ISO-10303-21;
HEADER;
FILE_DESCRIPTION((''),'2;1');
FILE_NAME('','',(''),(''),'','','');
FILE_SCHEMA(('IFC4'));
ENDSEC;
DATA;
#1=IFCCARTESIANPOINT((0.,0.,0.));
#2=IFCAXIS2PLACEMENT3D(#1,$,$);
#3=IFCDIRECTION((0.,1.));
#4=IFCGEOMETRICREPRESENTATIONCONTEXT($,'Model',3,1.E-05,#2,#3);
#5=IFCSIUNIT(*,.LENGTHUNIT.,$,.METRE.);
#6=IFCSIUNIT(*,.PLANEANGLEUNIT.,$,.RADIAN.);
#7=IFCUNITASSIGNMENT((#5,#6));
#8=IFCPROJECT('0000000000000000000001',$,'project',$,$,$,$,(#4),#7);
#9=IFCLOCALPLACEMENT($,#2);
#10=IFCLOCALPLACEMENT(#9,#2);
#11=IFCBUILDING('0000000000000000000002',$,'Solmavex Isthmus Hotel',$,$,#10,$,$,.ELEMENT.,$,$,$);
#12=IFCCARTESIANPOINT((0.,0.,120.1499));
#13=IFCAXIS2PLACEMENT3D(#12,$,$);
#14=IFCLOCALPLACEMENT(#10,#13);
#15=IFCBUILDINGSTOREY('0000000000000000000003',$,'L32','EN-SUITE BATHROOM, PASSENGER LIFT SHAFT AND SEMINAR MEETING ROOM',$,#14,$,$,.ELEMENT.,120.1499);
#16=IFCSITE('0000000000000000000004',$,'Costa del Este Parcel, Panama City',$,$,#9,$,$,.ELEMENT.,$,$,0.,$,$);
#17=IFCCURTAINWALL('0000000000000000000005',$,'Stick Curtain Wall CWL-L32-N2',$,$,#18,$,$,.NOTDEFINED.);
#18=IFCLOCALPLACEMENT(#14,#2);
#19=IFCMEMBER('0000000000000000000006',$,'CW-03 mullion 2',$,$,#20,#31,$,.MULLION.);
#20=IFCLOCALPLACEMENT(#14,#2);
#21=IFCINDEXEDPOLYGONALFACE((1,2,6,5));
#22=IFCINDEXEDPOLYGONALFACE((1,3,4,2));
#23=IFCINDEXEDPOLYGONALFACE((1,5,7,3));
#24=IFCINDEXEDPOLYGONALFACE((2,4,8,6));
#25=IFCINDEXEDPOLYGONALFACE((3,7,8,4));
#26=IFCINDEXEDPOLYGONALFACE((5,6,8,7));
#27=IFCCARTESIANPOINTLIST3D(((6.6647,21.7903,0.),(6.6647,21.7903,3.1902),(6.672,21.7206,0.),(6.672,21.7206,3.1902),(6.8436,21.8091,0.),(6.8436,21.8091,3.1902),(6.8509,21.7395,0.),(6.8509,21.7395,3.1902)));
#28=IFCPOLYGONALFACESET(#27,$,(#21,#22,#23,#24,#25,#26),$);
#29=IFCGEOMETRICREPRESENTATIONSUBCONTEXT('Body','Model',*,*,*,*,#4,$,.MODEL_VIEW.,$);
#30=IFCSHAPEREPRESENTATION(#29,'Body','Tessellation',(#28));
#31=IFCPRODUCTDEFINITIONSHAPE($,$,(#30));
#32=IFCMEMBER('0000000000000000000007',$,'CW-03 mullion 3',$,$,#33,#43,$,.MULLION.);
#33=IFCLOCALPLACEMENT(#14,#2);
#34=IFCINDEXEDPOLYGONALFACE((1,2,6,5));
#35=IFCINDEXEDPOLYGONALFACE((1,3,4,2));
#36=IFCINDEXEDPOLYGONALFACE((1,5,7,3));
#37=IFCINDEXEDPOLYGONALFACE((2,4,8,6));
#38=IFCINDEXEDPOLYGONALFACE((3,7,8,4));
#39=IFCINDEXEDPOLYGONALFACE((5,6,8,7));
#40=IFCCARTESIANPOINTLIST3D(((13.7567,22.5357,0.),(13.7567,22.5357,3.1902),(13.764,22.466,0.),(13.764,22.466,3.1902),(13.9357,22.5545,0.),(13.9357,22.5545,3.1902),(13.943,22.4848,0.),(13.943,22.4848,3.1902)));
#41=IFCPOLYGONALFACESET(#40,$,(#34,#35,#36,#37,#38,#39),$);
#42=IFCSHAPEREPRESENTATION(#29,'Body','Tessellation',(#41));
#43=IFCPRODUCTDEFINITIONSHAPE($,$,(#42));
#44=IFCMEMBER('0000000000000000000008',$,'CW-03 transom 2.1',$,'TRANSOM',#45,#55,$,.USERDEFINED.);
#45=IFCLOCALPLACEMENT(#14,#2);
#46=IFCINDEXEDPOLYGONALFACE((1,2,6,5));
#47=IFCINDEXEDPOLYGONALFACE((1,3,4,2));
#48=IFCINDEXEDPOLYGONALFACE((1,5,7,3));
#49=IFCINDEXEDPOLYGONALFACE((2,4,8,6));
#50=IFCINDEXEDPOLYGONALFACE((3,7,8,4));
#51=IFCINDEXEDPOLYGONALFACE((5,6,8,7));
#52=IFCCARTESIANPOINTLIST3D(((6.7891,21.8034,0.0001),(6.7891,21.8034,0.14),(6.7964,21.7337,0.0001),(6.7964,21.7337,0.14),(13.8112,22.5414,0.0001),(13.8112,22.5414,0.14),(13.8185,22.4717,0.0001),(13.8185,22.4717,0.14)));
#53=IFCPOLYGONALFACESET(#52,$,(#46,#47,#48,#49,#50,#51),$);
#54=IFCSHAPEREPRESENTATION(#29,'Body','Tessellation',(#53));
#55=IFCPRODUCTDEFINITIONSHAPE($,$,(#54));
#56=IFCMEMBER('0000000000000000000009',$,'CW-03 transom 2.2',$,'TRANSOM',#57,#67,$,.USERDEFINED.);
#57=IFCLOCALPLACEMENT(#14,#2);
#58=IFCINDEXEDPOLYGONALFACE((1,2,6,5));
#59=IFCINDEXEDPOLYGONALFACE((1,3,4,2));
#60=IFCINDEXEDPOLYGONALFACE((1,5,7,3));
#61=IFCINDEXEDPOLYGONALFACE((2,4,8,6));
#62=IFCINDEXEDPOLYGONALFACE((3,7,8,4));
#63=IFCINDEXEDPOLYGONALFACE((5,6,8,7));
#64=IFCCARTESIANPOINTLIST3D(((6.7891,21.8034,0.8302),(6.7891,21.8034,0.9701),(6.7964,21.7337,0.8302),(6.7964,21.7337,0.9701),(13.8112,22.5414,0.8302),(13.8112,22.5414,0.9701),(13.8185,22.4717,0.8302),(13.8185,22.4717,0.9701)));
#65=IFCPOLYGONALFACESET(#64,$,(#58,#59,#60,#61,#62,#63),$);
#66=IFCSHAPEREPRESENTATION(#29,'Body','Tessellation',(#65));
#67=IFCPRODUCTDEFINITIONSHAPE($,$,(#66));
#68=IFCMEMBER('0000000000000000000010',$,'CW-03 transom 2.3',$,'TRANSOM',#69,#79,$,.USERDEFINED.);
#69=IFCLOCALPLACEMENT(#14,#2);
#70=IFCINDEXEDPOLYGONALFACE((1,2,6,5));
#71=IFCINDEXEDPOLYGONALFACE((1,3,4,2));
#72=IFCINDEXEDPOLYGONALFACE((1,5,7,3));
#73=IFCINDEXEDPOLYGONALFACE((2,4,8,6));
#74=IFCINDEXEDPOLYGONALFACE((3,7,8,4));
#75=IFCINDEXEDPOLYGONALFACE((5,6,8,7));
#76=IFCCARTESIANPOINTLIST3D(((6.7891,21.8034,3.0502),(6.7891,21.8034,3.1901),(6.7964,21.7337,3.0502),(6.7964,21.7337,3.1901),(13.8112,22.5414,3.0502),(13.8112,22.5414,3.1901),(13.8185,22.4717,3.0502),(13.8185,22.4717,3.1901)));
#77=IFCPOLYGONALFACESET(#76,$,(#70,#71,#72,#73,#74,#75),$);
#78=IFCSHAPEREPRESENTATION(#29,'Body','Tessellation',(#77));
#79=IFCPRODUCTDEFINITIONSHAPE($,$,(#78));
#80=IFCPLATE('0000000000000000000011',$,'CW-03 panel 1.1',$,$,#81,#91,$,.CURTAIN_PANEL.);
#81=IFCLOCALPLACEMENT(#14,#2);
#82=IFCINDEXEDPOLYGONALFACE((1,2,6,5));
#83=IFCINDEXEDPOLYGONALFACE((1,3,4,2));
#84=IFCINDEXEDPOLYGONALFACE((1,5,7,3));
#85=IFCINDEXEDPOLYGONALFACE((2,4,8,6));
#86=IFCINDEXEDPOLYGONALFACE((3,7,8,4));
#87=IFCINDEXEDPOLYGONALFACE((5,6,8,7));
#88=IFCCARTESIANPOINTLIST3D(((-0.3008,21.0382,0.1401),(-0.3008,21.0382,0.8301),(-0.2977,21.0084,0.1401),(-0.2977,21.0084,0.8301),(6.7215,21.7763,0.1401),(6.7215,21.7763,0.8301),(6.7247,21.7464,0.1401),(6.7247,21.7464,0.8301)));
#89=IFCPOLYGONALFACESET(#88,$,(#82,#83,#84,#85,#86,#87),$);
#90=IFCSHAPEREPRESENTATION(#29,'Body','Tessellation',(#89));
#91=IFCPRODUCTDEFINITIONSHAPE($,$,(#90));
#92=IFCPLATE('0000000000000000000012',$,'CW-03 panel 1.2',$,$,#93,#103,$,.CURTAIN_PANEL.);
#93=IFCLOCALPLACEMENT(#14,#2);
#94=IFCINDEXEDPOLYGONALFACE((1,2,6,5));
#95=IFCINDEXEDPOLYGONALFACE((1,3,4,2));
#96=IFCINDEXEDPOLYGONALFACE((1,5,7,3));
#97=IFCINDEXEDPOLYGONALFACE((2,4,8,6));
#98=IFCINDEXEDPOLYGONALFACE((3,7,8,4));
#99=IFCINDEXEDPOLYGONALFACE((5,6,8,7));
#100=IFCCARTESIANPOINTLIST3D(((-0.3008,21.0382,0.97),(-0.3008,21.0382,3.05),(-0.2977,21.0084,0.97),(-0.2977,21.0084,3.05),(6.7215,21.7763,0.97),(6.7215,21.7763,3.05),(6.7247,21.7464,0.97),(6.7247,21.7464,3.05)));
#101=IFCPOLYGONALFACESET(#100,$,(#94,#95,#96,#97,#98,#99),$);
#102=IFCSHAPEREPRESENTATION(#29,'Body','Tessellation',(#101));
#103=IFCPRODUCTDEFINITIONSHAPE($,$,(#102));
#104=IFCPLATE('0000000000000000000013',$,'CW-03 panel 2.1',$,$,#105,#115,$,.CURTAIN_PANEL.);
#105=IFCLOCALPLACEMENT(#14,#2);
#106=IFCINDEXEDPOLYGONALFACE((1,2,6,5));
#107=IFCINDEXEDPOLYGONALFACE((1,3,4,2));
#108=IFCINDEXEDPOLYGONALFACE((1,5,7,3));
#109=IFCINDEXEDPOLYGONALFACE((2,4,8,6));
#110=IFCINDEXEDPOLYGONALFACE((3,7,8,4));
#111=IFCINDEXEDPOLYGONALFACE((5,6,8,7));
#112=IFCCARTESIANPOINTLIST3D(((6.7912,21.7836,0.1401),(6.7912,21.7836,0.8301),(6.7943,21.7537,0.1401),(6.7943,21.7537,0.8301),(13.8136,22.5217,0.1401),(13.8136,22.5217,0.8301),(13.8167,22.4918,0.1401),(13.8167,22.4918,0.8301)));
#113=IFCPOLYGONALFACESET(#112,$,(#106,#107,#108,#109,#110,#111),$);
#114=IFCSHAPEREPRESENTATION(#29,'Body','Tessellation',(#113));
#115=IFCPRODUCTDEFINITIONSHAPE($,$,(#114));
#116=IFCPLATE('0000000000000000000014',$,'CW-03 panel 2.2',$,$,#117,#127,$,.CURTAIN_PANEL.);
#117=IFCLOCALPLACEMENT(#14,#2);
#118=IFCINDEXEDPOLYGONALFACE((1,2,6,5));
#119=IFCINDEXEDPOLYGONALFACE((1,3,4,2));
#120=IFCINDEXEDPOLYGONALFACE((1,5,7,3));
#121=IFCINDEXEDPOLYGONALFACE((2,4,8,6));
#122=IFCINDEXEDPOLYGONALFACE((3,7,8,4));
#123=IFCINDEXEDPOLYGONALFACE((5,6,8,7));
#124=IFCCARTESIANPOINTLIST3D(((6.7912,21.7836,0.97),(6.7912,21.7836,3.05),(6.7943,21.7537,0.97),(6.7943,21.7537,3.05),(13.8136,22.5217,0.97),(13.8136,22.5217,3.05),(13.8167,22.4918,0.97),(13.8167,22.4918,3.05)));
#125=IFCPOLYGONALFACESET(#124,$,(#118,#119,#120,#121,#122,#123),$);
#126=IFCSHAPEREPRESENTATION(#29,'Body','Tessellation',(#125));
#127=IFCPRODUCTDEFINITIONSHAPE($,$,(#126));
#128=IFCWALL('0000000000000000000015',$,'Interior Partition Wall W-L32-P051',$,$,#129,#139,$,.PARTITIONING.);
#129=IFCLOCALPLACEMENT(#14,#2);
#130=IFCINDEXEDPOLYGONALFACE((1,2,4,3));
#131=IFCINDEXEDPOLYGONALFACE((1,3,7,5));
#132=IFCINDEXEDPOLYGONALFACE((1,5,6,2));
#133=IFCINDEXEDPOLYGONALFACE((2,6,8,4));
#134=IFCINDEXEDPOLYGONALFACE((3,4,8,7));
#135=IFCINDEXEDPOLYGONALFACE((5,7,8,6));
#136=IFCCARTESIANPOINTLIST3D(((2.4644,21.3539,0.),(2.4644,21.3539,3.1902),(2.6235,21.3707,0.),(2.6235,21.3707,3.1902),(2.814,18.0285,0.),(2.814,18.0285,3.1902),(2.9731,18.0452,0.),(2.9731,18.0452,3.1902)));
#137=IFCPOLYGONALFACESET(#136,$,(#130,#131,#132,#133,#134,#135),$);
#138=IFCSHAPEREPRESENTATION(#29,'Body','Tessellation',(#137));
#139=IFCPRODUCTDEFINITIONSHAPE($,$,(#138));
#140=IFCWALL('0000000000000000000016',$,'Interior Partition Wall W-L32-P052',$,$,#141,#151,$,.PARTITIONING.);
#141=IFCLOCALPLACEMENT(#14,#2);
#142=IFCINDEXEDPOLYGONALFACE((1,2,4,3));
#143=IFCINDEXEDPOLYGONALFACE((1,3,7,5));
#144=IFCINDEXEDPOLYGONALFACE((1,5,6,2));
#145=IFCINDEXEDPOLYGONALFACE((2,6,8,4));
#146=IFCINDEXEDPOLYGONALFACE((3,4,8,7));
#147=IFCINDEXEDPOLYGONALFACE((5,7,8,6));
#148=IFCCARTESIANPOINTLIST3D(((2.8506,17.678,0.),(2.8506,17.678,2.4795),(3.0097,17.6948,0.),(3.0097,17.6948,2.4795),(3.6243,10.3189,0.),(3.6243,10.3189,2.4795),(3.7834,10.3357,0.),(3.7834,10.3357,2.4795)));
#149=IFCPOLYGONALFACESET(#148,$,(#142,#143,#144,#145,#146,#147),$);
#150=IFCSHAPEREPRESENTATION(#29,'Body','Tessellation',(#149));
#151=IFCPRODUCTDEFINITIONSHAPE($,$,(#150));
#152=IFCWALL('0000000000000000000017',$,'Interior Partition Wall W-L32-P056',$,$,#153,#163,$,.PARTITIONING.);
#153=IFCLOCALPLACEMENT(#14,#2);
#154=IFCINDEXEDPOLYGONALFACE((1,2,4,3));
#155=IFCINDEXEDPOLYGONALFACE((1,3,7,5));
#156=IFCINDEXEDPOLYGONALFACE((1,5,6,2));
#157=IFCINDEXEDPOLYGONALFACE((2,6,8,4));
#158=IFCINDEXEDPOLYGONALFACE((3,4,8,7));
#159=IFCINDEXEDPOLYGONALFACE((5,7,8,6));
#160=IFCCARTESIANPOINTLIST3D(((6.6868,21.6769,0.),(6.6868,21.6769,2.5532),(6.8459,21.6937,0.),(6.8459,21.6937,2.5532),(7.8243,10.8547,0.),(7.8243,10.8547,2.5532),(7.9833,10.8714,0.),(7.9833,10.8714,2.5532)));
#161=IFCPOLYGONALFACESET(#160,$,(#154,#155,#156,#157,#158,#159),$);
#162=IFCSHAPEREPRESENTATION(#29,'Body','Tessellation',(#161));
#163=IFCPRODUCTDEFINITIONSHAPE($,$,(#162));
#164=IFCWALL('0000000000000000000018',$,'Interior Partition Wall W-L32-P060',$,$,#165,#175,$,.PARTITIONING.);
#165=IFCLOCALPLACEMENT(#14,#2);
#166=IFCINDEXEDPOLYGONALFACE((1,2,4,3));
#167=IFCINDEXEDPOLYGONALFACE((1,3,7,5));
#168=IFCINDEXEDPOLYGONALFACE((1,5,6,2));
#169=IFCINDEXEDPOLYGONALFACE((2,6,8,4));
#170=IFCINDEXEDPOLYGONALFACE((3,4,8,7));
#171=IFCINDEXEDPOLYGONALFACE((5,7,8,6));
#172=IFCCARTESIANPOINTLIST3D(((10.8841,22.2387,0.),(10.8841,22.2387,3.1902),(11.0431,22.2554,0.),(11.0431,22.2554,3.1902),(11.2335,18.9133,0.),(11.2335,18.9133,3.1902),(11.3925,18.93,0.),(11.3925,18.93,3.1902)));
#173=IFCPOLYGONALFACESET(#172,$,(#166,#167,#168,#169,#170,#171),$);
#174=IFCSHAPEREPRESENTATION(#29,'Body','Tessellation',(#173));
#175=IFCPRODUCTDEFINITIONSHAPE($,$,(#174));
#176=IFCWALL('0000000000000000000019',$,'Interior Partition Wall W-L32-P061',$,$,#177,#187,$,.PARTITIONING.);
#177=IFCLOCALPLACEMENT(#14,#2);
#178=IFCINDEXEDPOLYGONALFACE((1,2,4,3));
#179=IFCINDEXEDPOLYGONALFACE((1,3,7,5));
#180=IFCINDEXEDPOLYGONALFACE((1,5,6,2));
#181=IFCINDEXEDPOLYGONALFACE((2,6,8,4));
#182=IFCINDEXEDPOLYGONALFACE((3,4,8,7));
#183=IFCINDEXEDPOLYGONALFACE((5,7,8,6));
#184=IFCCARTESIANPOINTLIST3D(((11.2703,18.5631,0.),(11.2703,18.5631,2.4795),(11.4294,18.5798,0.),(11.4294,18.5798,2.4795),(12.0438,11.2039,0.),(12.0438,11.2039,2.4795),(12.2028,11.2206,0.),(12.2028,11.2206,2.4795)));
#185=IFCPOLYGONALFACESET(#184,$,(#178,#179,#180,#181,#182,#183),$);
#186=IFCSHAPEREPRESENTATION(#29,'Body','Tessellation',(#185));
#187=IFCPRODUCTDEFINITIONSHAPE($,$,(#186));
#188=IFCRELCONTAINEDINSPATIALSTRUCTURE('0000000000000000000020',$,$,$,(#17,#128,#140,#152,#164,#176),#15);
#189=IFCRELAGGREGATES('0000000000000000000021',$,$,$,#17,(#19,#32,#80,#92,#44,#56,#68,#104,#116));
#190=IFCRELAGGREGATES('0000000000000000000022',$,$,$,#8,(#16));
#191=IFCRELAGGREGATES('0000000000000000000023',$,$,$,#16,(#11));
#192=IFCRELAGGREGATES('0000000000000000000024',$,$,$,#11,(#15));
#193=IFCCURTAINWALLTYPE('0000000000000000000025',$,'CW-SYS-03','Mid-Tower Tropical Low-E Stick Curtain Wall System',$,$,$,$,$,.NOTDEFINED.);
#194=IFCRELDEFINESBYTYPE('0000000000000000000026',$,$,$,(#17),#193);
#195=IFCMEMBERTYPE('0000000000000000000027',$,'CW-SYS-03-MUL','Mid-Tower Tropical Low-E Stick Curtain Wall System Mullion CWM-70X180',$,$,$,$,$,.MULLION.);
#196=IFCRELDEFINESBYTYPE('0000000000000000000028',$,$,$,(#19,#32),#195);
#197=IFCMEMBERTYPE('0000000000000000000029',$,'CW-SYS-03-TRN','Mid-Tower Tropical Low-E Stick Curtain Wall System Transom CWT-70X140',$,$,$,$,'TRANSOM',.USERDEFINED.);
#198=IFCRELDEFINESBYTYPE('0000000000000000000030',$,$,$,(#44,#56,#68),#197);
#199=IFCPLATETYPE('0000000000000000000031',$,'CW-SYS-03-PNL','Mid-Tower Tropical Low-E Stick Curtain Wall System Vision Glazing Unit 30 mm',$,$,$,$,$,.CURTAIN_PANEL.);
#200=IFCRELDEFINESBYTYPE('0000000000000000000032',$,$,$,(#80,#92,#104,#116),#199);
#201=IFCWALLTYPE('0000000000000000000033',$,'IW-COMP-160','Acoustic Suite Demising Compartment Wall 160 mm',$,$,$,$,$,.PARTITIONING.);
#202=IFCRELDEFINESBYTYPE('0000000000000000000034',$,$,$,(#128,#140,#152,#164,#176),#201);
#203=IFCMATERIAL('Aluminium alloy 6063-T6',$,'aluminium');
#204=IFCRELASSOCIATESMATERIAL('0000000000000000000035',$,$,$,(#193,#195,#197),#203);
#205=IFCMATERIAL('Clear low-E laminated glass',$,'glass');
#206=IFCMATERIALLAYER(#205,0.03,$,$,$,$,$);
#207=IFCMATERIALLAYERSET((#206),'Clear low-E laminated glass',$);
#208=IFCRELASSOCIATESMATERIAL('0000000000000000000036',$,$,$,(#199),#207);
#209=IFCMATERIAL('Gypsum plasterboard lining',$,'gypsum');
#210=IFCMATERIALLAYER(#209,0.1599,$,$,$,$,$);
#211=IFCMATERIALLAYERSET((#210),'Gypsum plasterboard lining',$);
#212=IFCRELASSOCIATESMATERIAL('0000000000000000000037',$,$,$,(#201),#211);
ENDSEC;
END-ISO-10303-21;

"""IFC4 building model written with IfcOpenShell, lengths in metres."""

from ifc_helpers import new_model, si_unit, direction, frame, frame_2d, origin, origin_2d, place, context, subcontext, project, spatial, rectangle, extrude, material, layer, layer_set, material_profile, profile_set, type_object, element, aggregate, save


model = new_model("IFC4")

# Units and contexts
model_context = context("Model", 3, precision=1e-05, world=origin(), true_north=direction((0.0, 1.0)))
body_context = subcontext(model_context, "Body", "Model", "MODEL_VIEW")
ifc_project = project(units=[si_unit("LENGTHUNIT", "METRE"), si_unit("PLANEANGLEUNIT", "RADIAN")], contexts=[model_context])

# Site, building, storey
site_placement = place(None, origin())
site = spatial("IfcSite", under=ifc_project, at=site_placement, Name="Costa del Este Parcel, Panama City", CompositionType="ELEMENT", RefElevation=0.0)
building_placement = place(site_placement, origin())
building = spatial("IfcBuilding", under=site, at=building_placement, Name="Solmavex Isthmus Hotel", CompositionType="ELEMENT")
storey_placement = place(building_placement, frame((0.0, 0.0, 120.1499)))
storey = spatial("IfcBuildingStorey", under=building, at=storey_placement, Name="L32", Description="EN-SUITE BATHROOM, PASSENGER LIFT SHAFT AND SEMINAR MEETING ROOM", CompositionType="ELEMENT", Elevation=120.1499)

# Curtain wall, members, plates
ifc_material_1 = material(Name="Aluminium alloy 6063-T6", Category="aluminium")
curtain_wall_type = type_object("IfcCurtainWallType", Name="CW-SYS-03", Description="Mid-Tower Tropical Low-E Stick Curtain Wall System", PredefinedType="NOTDEFINED", material=ifc_material_1)
curtain_wall_placement = place(storey_placement, origin())
curtain_wall = element("IfcCurtainWall", 1, at=curtain_wall_placement, inside=storey, type_object=curtain_wall_type, Name="Stick Curtain Wall CWL-L32-N2", PredefinedType="NOTDEFINED")
ifc_material_profile_1 = material_profile(ifc_material_1, rectangle(XDim=0.0701, YDim=0.1799, at=origin_2d()), Name="CWM-70X180")
ifc_profile_set_1 = profile_set([ifc_material_profile_1], Name="Aluminium alloy 6063-T6")
member_type_1 = type_object("IfcMemberType", Name="CW-SYS-03-MUL", Description="Mid-Tower Tropical Low-E Stick Curtain Wall System Mullion CWM-70X180", PredefinedType="MULLION", material=ifc_profile_set_1)
member_1_placement = place(storey_placement, frame((6.7578, 21.7649, 0.0), z_axis=(0.0, 0.0, 1.0), x_axis=(-0.104529, 0.994522, 0.0)))
member_1 = element("IfcMember", 2, at=member_1_placement, type_object=member_type_1, Name="CW-03 mullion 2", PredefinedType="MULLION", context=body_context, shape_type="SweptSolid", body=[
    extrude(rectangle(XDim=0.0701, YDim=0.1799, at=origin_2d()), origin(), (0.0, 0.0, 1.0), 3.1902),
])
member_2_placement = place(storey_placement, frame((13.8499, 22.5103, 0.0), z_axis=(0.0, 0.0, 1.0), x_axis=(-0.104529, 0.994522, 0.0)))
member_2 = element("IfcMember", 3, at=member_2_placement, type_object=member_type_1, Name="CW-03 mullion 3", PredefinedType="MULLION", context=body_context, shape_type="SweptSolid", body=[
    extrude(rectangle(XDim=0.0701, YDim=0.1799, at=origin_2d()), origin(), (0.0, 0.0, 1.0), 3.1902),
])
ifc_material_profile_2 = material_profile(ifc_material_1, rectangle(XDim=0.0701, YDim=0.1399, at=origin_2d()), Name="CWT-70X140")
ifc_profile_set_2 = profile_set([ifc_material_profile_2], Name="Aluminium alloy 6063-T6")
member_type_2 = type_object("IfcMemberType", Name="CW-SYS-03-TRN", Description="Mid-Tower Tropical Low-E Stick Curtain Wall System Transom CWT-70X140", ElementType="TRANSOM", PredefinedType="USERDEFINED", material=ifc_profile_set_2)
member_3_placement = place(storey_placement, frame((6.7927, 21.7686, 0.0701), z_axis=(0.994522, 0.104525, 0.0), x_axis=(-0.104525, 0.994522, 0.0)))
member_3 = element("IfcMember", 4, at=member_3_placement, type_object=member_type_2, Name="CW-03 transom 2.1", ObjectType="TRANSOM", PredefinedType="USERDEFINED", context=body_context, shape_type="SweptSolid", body=[
    extrude(rectangle(XDim=0.0701, YDim=0.1399, at=origin_2d()), origin(), (0.0, 0.0, 1.0), 7.0608),
])
member_4_placement = place(storey_placement, frame((6.7927, 21.7686, 0.9001), z_axis=(0.994522, 0.104525, 0.0), x_axis=(-0.104525, 0.994522, 0.0)))
member_4 = element("IfcMember", 5, at=member_4_placement, type_object=member_type_2, Name="CW-03 transom 2.2", ObjectType="TRANSOM", PredefinedType="USERDEFINED", context=body_context, shape_type="SweptSolid", body=[
    extrude(rectangle(XDim=0.0701, YDim=0.1399, at=origin_2d()), origin(), (0.0, 0.0, 1.0), 7.0608),
])
member_5_placement = place(storey_placement, frame((6.7927, 21.7686, 3.1201), z_axis=(0.994522, 0.104525, 0.0), x_axis=(-0.104525, 0.994522, 0.0)))
member_5 = element("IfcMember", 6, at=member_5_placement, type_object=member_type_2, Name="CW-03 transom 2.3", ObjectType="TRANSOM", PredefinedType="USERDEFINED", context=body_context, shape_type="SweptSolid", body=[
    extrude(rectangle(XDim=0.0701, YDim=0.1399, at=origin_2d()), origin(), (0.0, 0.0, 1.0), 7.0608),
])
ifc_material_2 = material(Name="Clear low-E laminated glass", Category="glass")
ifc_layer_1 = layer(ifc_material_2, 0.03)
ifc_layer_set_1 = layer_set([ifc_layer_1], Name="Clear low-E laminated glass")
plate_type = type_object("IfcPlateType", Name="CW-SYS-03-PNL", Description="Mid-Tower Tropical Low-E Stick Curtain Wall System Vision Glazing Unit 30 mm", PredefinedType="CURTAIN_PANEL", material=ifc_layer_set_1)
plate_1_placement = place(storey_placement, frame((3.2119, 21.3923, 0.1401), z_axis=(0.0, 0.0, 1.0), x_axis=(0.994522, 0.104529, 0.0)))
plate_1 = element("IfcPlate", 7, at=plate_1_placement, type_object=plate_type, Name="CW-03 panel 1.1", PredefinedType="CURTAIN_PANEL", context=body_context, shape_type="SweptSolid", body=[
    extrude(rectangle(XDim=7.061, YDim=0.03, at=origin_2d()), origin(), (0.0, 0.0, 1.0), 0.6899),
])
plate_2_placement = place(storey_placement, frame((3.2119, 21.3923, 0.97), z_axis=(0.0, 0.0, 1.0), x_axis=(0.994522, 0.104529, 0.0)))
plate_2 = element("IfcPlate", 8, at=plate_2_placement, type_object=plate_type, Name="CW-03 panel 1.2", PredefinedType="CURTAIN_PANEL", context=body_context, shape_type="SweptSolid", body=[
    extrude(rectangle(XDim=7.061, YDim=0.03, at=origin_2d()), origin(), (0.0, 0.0, 1.0), 2.0801),
])
plate_3_placement = place(storey_placement, frame((10.304, 22.1377, 0.1401), z_axis=(0.0, 0.0, 1.0), x_axis=(0.994522, 0.104529, 0.0)))
plate_3 = element("IfcPlate", 9, at=plate_3_placement, type_object=plate_type, Name="CW-03 panel 2.1", PredefinedType="CURTAIN_PANEL", context=body_context, shape_type="SweptSolid", body=[
    extrude(rectangle(XDim=7.061, YDim=0.03, at=origin_2d()), origin(), (0.0, 0.0, 1.0), 0.6899),
])
plate_4_placement = place(storey_placement, frame((10.304, 22.1377, 0.97), z_axis=(0.0, 0.0, 1.0), x_axis=(0.994522, 0.104529, 0.0)))
plate_4 = element("IfcPlate", 10, at=plate_4_placement, type_object=plate_type, Name="CW-03 panel 2.2", PredefinedType="CURTAIN_PANEL", context=body_context, shape_type="SweptSolid", body=[
    extrude(rectangle(XDim=7.061, YDim=0.03, at=origin_2d()), origin(), (0.0, 0.0, 1.0), 2.0801),
])
aggregate(curtain_wall, [member_1, member_2, plate_1, plate_2, member_3, member_4, member_5, plate_3, plate_4])

# Walls
ifc_material_3 = material(Name="Gypsum plasterboard lining", Category="gypsum")
ifc_layer_2 = layer(ifc_material_3, 0.1599)
ifc_layer_set_2 = layer_set([ifc_layer_2], Name="Gypsum plasterboard lining")
wall_type_1 = type_object("IfcWallType", Name="IW-COMP-160", Description="Acoustic Suite Demising Compartment Wall 160 mm", PredefinedType="PARTITIONING", material=ifc_layer_set_2)
wall_1_placement = place(storey_placement, frame((2.5439, 21.3623, 0.0), z_axis=(0.0, 0.0, 1.0), x_axis=(0.104556, -0.994519, 0.0)))
element("IfcWall", 11, at=wall_1_placement, inside=storey, type_object=wall_type_1, Name="Interior Partition Wall W-L32-P051", PredefinedType="PARTITIONING", context=body_context, shape_type="SweptSolid", body=[
    extrude(rectangle(XDim=3.3438, YDim=0.1599, at=frame_2d((1.6719, 0.0))), origin(), (0.0, 0.0, 1.0), 3.1902),
])
wall_2_placement = place(storey_placement, frame((2.9302, 17.6863, 0.0), z_axis=(0.0, 0.0, 1.0), x_axis=(0.104556, -0.994519, 0.0)))
element("IfcWall", 12, at=wall_2_placement, inside=storey, type_object=wall_type_1, Name="Interior Partition Wall W-L32-P052", PredefinedType="PARTITIONING", context=body_context, shape_type="SweptSolid", body=[
    extrude(rectangle(XDim=7.3997, YDim=0.1599, at=frame_2d((3.6997, 0.0))), origin(), (0.0, 0.0, 1.0), 2.4795),
])
wall_3_placement = place(storey_placement, frame((6.7664, 21.6853, 0.0), z_axis=(0.0, 0.0, 1.0), x_axis=(0.104527, -0.994522, 0.0)))
element("IfcWall", 13, at=wall_3_placement, inside=storey, type_object=wall_type_1, Name="Interior Partition Wall W-L32-P056", PredefinedType="PARTITIONING", context=body_context, shape_type="SweptSolid", body=[
    extrude(rectangle(XDim=10.8818, YDim=0.1599, at=frame_2d((5.4409, 0.0))), origin(), (0.0, 0.0, 1.0), 2.5532),
])
wall_4_placement = place(storey_placement, frame((10.9636, 22.2471, 0.0), z_axis=(0.0, 0.0, 1.0), x_axis=(0.104483, -0.994527, 0.0)))
element("IfcWall", 14, at=wall_4_placement, inside=storey, type_object=wall_type_1, Name="Interior Partition Wall W-L32-P060", PredefinedType="PARTITIONING", context=body_context, shape_type="SweptSolid", body=[
    extrude(rectangle(XDim=3.3438, YDim=0.1599, at=frame_2d((1.6719, 0.0))), origin(), (0.0, 0.0, 1.0), 3.1902),
])
wall_5_placement = place(storey_placement, frame((11.3499, 18.5713, 0.0), z_axis=(0.0, 0.0, 1.0), x_axis=(0.104523, -0.994522, 0.0)))
element("IfcWall", 15, at=wall_5_placement, inside=storey, type_object=wall_type_1, Name="Interior Partition Wall W-L32-P061", PredefinedType="PARTITIONING", context=body_context, shape_type="SweptSolid", body=[
    extrude(rectangle(XDim=7.3997, YDim=0.1599, at=frame_2d((3.6997, 0.0))), origin(), (0.0, 0.0, 1.0), 2.4795),
])

save(model, "model.ifc")
